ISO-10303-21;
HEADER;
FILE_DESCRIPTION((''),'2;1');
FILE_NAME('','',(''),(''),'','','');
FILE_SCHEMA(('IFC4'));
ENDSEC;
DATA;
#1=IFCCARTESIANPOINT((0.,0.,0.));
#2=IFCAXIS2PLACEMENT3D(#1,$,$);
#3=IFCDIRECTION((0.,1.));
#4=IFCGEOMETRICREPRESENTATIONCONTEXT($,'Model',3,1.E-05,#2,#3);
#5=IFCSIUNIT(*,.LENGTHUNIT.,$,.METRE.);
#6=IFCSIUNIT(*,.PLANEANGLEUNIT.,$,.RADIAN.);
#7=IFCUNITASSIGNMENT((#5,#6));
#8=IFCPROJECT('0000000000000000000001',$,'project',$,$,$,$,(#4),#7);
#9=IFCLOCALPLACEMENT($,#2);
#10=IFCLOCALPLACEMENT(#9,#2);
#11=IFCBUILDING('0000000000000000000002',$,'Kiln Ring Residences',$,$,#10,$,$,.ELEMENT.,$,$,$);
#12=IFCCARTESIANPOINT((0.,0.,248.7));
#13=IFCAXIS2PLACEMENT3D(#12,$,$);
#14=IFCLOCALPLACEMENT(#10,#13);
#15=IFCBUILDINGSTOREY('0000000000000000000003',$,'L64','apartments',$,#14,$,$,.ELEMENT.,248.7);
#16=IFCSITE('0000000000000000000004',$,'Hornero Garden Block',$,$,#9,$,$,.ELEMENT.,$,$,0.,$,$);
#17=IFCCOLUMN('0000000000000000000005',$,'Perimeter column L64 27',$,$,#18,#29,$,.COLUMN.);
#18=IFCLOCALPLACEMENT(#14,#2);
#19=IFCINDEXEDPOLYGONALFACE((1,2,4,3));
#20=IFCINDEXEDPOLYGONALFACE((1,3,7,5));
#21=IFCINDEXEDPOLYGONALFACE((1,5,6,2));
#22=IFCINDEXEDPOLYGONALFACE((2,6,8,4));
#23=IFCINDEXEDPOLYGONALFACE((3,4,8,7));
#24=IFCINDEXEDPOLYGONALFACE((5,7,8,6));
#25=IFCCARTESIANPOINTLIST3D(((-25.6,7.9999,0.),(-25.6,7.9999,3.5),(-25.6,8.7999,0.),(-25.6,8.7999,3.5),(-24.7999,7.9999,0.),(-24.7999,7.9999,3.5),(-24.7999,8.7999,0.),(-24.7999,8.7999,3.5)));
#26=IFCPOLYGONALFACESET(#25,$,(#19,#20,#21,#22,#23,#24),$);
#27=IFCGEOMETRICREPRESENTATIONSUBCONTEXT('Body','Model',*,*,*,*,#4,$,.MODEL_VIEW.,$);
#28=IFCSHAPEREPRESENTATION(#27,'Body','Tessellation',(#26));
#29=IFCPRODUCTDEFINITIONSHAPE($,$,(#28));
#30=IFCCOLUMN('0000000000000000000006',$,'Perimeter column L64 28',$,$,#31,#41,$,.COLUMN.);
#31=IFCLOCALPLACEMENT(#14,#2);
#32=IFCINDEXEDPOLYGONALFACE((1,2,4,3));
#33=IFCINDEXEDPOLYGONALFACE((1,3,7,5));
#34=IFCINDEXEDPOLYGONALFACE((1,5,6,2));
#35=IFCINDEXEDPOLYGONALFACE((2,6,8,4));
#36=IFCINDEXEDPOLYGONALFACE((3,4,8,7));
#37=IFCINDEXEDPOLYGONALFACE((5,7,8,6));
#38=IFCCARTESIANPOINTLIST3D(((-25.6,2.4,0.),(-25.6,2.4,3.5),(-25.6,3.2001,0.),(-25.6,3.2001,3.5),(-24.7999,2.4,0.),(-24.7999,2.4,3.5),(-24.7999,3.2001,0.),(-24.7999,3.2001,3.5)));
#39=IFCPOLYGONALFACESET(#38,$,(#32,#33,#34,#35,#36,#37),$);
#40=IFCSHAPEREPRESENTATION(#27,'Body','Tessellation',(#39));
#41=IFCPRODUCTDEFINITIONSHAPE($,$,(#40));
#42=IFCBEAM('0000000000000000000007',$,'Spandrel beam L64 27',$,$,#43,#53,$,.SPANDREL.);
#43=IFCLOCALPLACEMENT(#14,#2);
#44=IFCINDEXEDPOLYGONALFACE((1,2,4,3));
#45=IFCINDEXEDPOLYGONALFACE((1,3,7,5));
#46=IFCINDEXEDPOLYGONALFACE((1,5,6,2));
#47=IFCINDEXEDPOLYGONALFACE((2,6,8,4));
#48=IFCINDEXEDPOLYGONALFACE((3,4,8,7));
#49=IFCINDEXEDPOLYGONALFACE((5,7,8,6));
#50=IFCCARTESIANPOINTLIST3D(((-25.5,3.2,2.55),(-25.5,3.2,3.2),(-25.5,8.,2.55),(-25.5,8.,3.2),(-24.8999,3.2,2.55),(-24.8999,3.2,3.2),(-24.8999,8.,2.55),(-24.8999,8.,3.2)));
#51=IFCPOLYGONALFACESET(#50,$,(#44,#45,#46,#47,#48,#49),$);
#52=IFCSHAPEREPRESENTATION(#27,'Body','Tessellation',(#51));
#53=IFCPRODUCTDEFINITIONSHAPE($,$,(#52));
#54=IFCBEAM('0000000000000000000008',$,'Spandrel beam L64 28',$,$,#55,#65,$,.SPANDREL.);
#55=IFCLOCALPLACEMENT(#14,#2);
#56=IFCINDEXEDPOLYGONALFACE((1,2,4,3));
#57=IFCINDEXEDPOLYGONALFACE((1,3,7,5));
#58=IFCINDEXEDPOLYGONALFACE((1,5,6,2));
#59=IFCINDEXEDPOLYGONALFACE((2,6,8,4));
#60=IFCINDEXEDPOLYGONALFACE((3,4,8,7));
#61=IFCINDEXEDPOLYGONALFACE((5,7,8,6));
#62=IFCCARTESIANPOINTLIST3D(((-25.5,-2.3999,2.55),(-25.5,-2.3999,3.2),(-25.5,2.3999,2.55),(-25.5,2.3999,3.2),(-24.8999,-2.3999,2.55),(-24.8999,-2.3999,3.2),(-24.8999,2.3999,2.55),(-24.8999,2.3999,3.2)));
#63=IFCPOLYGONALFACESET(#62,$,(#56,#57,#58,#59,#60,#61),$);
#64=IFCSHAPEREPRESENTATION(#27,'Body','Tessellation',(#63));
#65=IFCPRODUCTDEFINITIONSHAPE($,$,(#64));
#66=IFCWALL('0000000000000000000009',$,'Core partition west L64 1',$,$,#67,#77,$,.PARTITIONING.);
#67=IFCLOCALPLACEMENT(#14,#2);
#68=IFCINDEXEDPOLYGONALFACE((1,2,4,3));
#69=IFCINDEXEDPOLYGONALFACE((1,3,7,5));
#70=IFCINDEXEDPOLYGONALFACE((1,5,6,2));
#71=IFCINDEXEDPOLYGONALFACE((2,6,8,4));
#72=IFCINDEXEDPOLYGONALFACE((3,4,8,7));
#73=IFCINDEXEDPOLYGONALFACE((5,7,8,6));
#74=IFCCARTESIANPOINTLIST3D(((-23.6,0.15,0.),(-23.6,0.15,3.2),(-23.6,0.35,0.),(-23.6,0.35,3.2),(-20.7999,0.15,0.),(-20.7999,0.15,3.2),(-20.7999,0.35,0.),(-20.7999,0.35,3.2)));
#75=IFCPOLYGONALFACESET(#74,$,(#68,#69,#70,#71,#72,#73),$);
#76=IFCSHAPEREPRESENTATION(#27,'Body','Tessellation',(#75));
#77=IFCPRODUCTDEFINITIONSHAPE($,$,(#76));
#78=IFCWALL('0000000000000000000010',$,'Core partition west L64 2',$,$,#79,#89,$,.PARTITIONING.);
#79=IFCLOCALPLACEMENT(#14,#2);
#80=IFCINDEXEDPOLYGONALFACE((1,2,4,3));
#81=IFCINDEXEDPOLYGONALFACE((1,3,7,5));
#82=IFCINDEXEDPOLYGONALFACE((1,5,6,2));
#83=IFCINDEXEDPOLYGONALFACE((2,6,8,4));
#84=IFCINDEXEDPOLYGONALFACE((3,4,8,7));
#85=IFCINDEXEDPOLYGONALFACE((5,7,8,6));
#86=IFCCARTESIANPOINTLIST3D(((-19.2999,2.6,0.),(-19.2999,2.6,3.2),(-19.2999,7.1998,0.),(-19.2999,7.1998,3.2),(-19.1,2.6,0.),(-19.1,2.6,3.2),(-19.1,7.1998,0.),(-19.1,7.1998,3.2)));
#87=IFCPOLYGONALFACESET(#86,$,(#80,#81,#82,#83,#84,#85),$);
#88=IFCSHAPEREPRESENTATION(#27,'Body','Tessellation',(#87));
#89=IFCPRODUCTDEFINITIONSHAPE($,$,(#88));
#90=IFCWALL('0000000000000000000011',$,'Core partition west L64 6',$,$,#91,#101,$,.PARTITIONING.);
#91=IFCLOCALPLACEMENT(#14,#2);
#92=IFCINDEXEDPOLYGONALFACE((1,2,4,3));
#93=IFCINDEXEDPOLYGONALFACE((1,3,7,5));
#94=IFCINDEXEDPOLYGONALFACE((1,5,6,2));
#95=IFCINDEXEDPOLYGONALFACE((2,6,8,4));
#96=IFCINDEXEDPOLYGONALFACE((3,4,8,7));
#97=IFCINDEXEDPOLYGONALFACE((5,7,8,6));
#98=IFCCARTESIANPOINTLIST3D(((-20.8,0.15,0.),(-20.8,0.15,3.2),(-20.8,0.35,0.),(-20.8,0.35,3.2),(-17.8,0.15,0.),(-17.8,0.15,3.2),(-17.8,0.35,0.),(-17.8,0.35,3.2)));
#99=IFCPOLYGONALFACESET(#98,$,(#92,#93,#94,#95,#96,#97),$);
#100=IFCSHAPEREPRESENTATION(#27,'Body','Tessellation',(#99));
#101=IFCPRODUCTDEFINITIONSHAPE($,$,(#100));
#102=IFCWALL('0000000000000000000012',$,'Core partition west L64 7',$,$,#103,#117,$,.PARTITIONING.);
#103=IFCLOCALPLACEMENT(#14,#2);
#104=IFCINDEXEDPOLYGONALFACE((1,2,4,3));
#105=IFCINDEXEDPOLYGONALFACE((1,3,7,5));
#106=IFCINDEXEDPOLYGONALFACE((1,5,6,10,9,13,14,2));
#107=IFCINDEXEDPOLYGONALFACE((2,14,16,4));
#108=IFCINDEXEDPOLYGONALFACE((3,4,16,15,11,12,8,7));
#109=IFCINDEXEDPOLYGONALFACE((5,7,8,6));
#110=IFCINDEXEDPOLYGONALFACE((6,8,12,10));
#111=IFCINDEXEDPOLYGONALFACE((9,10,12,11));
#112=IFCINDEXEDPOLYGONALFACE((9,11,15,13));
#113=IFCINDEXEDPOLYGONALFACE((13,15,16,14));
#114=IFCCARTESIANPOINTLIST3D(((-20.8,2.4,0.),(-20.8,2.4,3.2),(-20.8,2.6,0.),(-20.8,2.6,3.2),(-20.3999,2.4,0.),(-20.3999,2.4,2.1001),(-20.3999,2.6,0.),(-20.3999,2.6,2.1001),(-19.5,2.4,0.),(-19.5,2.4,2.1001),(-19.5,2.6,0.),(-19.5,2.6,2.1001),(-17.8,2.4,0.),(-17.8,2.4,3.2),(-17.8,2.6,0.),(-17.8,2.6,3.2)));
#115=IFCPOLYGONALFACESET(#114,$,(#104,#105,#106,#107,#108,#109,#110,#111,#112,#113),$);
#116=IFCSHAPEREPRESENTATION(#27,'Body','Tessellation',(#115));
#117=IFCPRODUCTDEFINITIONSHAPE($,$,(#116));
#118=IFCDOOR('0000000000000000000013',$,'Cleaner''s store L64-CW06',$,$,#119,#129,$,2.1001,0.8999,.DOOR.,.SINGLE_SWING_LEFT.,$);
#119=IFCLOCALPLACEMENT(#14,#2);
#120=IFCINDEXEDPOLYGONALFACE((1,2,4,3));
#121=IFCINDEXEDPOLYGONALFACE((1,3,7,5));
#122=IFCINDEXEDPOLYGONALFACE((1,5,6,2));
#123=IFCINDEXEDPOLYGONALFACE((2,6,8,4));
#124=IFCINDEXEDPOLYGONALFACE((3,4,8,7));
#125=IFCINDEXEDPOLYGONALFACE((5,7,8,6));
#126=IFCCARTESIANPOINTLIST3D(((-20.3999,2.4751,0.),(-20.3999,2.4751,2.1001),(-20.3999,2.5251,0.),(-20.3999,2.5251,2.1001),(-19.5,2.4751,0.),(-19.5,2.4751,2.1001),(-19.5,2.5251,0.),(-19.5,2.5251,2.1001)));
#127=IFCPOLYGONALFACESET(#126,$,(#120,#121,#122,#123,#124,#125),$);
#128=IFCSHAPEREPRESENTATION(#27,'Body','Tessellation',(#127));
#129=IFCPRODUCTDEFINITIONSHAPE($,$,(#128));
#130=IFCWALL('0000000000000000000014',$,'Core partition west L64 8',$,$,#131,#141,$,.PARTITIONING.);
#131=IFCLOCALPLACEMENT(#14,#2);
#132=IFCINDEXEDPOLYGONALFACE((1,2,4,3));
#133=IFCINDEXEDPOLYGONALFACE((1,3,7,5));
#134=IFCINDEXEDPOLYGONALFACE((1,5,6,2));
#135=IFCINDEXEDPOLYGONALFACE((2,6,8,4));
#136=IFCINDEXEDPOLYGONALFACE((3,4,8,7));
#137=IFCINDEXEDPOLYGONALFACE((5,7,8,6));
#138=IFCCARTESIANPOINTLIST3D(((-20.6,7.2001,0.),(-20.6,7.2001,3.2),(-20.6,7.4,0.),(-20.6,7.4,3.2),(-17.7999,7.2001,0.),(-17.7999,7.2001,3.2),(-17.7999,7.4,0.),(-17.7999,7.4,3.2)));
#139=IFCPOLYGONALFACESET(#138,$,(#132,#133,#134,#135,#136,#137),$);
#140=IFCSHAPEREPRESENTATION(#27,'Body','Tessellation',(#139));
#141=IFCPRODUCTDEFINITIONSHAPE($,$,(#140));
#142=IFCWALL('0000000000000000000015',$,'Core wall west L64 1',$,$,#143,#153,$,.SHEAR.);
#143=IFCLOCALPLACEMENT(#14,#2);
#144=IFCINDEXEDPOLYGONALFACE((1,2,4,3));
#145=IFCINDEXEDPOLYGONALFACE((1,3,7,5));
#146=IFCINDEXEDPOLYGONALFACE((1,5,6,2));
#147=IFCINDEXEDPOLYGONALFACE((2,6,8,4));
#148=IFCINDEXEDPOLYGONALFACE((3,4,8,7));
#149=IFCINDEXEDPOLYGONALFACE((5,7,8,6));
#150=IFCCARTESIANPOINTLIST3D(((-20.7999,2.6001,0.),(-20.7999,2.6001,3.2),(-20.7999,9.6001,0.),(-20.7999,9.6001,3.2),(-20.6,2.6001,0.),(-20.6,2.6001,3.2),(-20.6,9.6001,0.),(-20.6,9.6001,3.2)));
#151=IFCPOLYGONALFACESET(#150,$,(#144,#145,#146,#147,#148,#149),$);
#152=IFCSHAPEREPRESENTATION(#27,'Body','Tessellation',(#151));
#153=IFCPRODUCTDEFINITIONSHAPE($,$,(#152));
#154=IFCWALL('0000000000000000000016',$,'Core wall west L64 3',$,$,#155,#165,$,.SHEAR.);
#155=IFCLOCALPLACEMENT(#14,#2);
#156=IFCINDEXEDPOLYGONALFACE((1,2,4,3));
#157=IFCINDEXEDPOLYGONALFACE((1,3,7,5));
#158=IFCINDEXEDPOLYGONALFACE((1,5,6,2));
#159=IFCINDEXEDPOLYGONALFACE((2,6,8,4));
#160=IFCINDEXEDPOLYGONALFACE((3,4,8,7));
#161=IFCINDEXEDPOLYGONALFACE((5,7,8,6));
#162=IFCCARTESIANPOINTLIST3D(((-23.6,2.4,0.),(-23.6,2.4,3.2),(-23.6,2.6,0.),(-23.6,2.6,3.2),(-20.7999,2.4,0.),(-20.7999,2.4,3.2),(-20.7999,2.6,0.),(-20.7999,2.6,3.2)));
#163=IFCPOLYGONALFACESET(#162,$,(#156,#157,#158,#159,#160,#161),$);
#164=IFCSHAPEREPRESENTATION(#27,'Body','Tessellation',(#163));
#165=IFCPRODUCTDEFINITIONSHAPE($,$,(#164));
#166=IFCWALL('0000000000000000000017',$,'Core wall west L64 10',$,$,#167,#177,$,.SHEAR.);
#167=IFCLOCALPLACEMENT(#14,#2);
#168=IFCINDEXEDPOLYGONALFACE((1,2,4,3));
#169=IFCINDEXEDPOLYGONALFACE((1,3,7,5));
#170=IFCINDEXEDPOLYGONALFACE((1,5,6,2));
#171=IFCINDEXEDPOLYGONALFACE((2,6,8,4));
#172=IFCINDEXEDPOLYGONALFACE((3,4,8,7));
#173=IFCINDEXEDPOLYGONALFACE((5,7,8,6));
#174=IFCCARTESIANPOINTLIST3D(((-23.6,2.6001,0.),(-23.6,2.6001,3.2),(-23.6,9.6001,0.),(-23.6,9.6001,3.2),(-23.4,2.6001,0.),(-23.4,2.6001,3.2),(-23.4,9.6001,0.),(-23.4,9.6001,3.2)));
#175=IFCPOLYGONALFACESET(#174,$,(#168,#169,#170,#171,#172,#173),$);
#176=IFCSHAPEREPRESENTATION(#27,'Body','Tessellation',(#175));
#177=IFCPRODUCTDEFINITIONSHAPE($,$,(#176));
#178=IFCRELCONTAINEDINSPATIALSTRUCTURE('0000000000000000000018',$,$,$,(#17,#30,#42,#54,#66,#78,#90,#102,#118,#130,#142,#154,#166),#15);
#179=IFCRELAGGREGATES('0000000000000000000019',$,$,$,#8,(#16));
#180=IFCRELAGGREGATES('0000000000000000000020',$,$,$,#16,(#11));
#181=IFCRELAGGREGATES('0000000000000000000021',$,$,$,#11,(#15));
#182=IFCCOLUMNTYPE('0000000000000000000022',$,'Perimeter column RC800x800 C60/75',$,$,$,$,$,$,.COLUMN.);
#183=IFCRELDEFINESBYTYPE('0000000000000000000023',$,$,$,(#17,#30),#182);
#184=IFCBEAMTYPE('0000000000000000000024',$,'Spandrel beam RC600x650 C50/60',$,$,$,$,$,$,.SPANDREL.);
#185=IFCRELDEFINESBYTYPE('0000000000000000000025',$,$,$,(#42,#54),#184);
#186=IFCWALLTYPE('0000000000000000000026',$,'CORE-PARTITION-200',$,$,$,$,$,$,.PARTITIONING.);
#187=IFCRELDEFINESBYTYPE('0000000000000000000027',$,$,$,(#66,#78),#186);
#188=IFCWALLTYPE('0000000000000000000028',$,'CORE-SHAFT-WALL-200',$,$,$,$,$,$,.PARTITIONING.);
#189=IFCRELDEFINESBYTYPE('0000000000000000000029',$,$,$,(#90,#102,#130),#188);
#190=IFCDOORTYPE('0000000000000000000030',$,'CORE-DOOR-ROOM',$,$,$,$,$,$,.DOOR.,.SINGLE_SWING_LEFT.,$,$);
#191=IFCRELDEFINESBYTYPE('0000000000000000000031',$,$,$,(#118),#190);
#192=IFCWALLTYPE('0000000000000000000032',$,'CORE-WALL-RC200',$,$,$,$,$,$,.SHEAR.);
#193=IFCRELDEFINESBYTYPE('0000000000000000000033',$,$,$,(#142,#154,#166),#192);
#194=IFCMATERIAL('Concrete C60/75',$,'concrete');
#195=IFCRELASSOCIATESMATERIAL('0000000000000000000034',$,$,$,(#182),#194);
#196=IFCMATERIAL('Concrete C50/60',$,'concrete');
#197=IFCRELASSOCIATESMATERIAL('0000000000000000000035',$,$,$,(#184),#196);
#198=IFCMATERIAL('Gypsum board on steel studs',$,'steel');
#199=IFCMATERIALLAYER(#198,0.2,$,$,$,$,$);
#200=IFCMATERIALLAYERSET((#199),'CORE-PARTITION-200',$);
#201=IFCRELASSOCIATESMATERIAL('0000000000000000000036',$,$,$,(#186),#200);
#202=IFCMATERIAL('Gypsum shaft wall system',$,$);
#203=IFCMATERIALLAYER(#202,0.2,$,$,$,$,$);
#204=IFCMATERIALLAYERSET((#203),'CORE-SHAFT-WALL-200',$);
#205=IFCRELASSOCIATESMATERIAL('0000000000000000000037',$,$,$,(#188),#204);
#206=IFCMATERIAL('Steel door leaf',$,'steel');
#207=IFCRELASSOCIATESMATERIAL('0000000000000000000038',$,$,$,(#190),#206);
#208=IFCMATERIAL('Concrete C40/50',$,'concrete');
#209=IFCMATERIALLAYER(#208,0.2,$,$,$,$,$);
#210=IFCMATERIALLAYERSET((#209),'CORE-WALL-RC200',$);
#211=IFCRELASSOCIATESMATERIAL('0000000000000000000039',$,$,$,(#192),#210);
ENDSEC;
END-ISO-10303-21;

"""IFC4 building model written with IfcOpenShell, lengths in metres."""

from ifc_helpers import new_model, si_unit, direction, frame, frame_2d, origin, origin_2d, place, context, subcontext, project, spatial, rectangle, extrude, material, layer, layer_set, material_profile, profile_set, type_object, element, fill, save


model = new_model("IFC4")

# Units and contexts
model_context = context("Model", 3, precision=1e-05, world=origin(), true_north=direction((0.0, 1.0)))
body_context = subcontext(model_context, "Body", "Model", "MODEL_VIEW")
ifc_project = project(units=[si_unit("LENGTHUNIT", "METRE"), si_unit("PLANEANGLEUNIT", "RADIAN")], contexts=[model_context])

# Site, building, storey
site_placement = place(None, origin())
site = spatial("IfcSite", under=ifc_project, at=site_placement, Name="Hornero Garden Block", CompositionType="ELEMENT", RefElevation=0.0)
building_placement = place(site_placement, origin())
building = spatial("IfcBuilding", under=site, at=building_placement, Name="Kiln Ring Residences", CompositionType="ELEMENT")
storey_placement = place(building_placement, frame((0.0, 0.0, 248.7)))
storey = spatial("IfcBuildingStorey", under=building, at=storey_placement, Name="L64", Description="apartments", CompositionType="ELEMENT", Elevation=248.7)

# Columns
ifc_material_1 = material(Name="Concrete C60/75", Category="concrete")
ifc_material_profile_1 = material_profile(ifc_material_1, rectangle(XDim=0.8, YDim=0.8, at=origin_2d()), Name="RC800x800")
ifc_profile_set_1 = profile_set([ifc_material_profile_1], Name="Concrete C60/75")
column_type = type_object("IfcColumnType", Name="Perimeter column RC800x800 C60/75", PredefinedType="COLUMN", material=ifc_profile_set_1)
for number, where, z_axis, x_axis, name in (
    (1, (-25.2, 8.3999, 0.0), (0.0, 0.0, 1.0), (1.0, 0.0, 0.0), "Perimeter column L64 27"),
    (2, (-25.2, 2.8, 0.0), (0.0, 0.0, 1.0), (1.0, 0.0, 0.0), "Perimeter column L64 28"),
):
    element("IfcColumn", number, at=place(storey_placement, frame(where, z_axis=z_axis, x_axis=x_axis)), inside=storey, type_object=column_type, Name=name, PredefinedType="COLUMN", context=body_context, shape_type="SweptSolid", body=[
        extrude(rectangle(XDim=0.8, YDim=0.8, at=origin_2d()), origin(), (0.0, 0.0, 1.0), 3.5),
    ])

# Beams
ifc_material_2 = material(Name="Concrete C50/60", Category="concrete")
ifc_material_profile_2 = material_profile(ifc_material_2, rectangle(XDim=0.6001, YDim=0.6499, at=origin_2d()), Name="RC600x650")
ifc_profile_set_2 = profile_set([ifc_material_profile_2], Name="Concrete C50/60")
beam_type = type_object("IfcBeamType", Name="Spandrel beam RC600x650 C50/60", PredefinedType="SPANDREL", material=ifc_profile_set_2)
beam_1_placement = place(storey_placement, frame((-25.2, 8.0, 2.875), z_axis=(0.0, -1.0, 0.0), x_axis=(1.0, 0.0, 0.0)))
element("IfcBeam", 3, at=beam_1_placement, inside=storey, type_object=beam_type, Name="Spandrel beam L64 27", PredefinedType="SPANDREL", context=body_context, shape_type="SweptSolid", body=[
    extrude(rectangle(XDim=0.6001, YDim=0.6499, at=origin_2d()), origin(), (0.0, 0.0, 1.0), 4.8),
])
beam_2_placement = place(storey_placement, frame((-25.2, 2.3999, 2.875), z_axis=(0.0, -1.0, 0.0), x_axis=(1.0, 0.0, 0.0)))
element("IfcBeam", 4, at=beam_2_placement, inside=storey, type_object=beam_type, Name="Spandrel beam L64 28", PredefinedType="SPANDREL", context=body_context, shape_type="SweptSolid", body=[
    extrude(rectangle(XDim=0.6001, YDim=0.6499, at=origin_2d()), origin(), (0.0, 0.0, 1.0), 4.7998),
])

# Walls
ifc_material_3 = material(Name="Gypsum board on steel studs", Category="steel")
ifc_layer_1 = layer(ifc_material_3, 0.2)
ifc_layer_set_1 = layer_set([ifc_layer_1], Name="CORE-PARTITION-200")
wall_type_1 = type_object("IfcWallType", Name="CORE-PARTITION-200", PredefinedType="PARTITIONING", material=ifc_layer_set_1)
wall_1_placement = place(storey_placement, frame((-20.8, 0.25, 0.0), z_axis=(0.0, 0.0, 1.0), x_axis=(-1.0, 0.0, 0.0)))
element("IfcWall", 5, at=wall_1_placement, inside=storey, type_object=wall_type_1, Name="Core partition west L64 1", PredefinedType="PARTITIONING", context=body_context, shape_type="SweptSolid", body=[
    extrude(rectangle(XDim=2.8, YDim=0.2, at=frame_2d((1.3999, 0.0))), origin(), (0.0, 0.0, 1.0), 3.2),
])
wall_2_placement = place(storey_placement, frame((-19.2, 2.6001, 0.0), z_axis=(0.0, 0.0, 1.0), x_axis=(0.0, 1.0, 0.0)))
element("IfcWall", 6, at=wall_2_placement, inside=storey, type_object=wall_type_1, Name="Core partition west L64 2", PredefinedType="PARTITIONING", context=body_context, shape_type="SweptSolid", body=[
    extrude(rectangle(XDim=4.5999, YDim=0.2, at=frame_2d((2.2998, 0.0))), origin(), (0.0, 0.0, 1.0), 3.2),
])
ifc_material_4 = material(Name="Gypsum shaft wall system")
ifc_layer_2 = layer(ifc_material_4, 0.2)
ifc_layer_set_2 = layer_set([ifc_layer_2], Name="CORE-SHAFT-WALL-200")
wall_type_2 = type_object("IfcWallType", Name="CORE-SHAFT-WALL-200", PredefinedType="PARTITIONING", material=ifc_layer_set_2)
wall_3_placement = place(storey_placement, frame((-17.8, 0.25, 0.0), z_axis=(0.0, 0.0, 1.0), x_axis=(-1.0, 0.0, 0.0)))
element("IfcWall", 7, at=wall_3_placement, inside=storey, type_object=wall_type_2, Name="Core partition west L64 6", PredefinedType="PARTITIONING", context=body_context, shape_type="SweptSolid", body=[
    extrude(rectangle(XDim=3.0, YDim=0.2, at=frame_2d((1.5, 0.0))), origin(), (0.0, 0.0, 1.0), 3.2),
])

# Wall, opening, door
wall_4_placement = place(storey_placement, frame((-17.8, 2.5, 0.0), z_axis=(0.0, 0.0, 1.0), x_axis=(-1.0, 0.0, 0.0)))
wall_4 = element("IfcWall", 8, at=wall_4_placement, inside=storey, type_object=wall_type_2, Name="Core partition west L64 7", PredefinedType="PARTITIONING", context=body_context, shape_type="SweptSolid", body=[
    extrude(rectangle(XDim=3.0, YDim=0.2, at=frame_2d((1.5, 0.0))), origin(), (0.0, 0.0, 1.0), 3.2),
])
opening_placement = place(wall_4_placement, frame((1.7, 0.0, 0.0)))
opening = element("IfcOpeningElement", 9, at=opening_placement, cuts=wall_4, PredefinedType="OPENING", context=body_context, shape_type="SweptSolid", body=[
    extrude(rectangle(XDim=0.8999, YDim=2.1001, at=frame_2d((0.45, 1.05))), frame((0.0, 0.1099, 0.0), z_axis=(0.0, -1.0, 0.0), x_axis=(1.0, 0.0, 0.0)), (0.0, 0.0, 1.0), 0.22),
])
ifc_material_5 = material(Name="Steel door leaf", Category="steel")
door_type = type_object("IfcDoorType", Name="CORE-DOOR-ROOM", OperationType="SINGLE_SWING_LEFT", PredefinedType="DOOR", material=ifc_material_5)
door_placement = place(opening_placement, origin())
door = element("IfcDoor", 10, at=door_placement, inside=storey, type_object=door_type, Name="Cleaner's store L64-CW06", OperationType="SINGLE_SWING_LEFT", OverallHeight=2.1001, OverallWidth=0.8999, PredefinedType="DOOR", context=body_context, shape_type="SweptSolid", body=[
    extrude(rectangle(XDim=0.8999, YDim=2.1001, at=frame_2d((0.45, 1.05))), frame((0.0, 0.0249, 0.0), z_axis=(0.0, -1.0, 0.0), x_axis=(1.0, 0.0, 0.0)), (0.0, 0.0, 1.0), 0.05),
])
fill(opening, door)

# Walls
wall_5_placement = place(storey_placement, frame((-17.8, 7.3, 0.0), z_axis=(0.0, 0.0, 1.0), x_axis=(-1.0, 0.0, 0.0)))
element("IfcWall", 11, at=wall_5_placement, inside=storey, type_object=wall_type_2, Name="Core partition west L64 8", PredefinedType="PARTITIONING", context=body_context, shape_type="SweptSolid", body=[
    extrude(rectangle(XDim=2.8, YDim=0.2, at=frame_2d((1.3999, 0.0))), origin(), (0.0, 0.0, 1.0), 3.2),
])
ifc_material_6 = material(Name="Concrete C40/50", Category="concrete")
ifc_layer_3 = layer(ifc_material_6, 0.2)
ifc_layer_set_3 = layer_set([ifc_layer_3], Name="CORE-WALL-RC200")
wall_type_3 = type_object("IfcWallType", Name="CORE-WALL-RC200", PredefinedType="SHEAR", material=ifc_layer_set_3)
wall_6_placement = place(storey_placement, frame((-20.7, 2.6001, 0.0), z_axis=(0.0, 0.0, 1.0), x_axis=(0.0, 1.0, 0.0)))
element("IfcWall", 12, at=wall_6_placement, inside=storey, type_object=wall_type_3, Name="Core wall west L64 1", PredefinedType="SHEAR", context=body_context, shape_type="SweptSolid", body=[
    extrude(rectangle(XDim=7.0, YDim=0.2, at=frame_2d((3.5, 0.0))), origin(), (0.0, 0.0, 1.0), 3.2),
])
wall_7_placement = place(storey_placement, frame((-20.8, 2.5, 0.0), z_axis=(0.0, 0.0, 1.0), x_axis=(-1.0, 0.0, 0.0)))
element("IfcWall", 13, at=wall_7_placement, inside=storey, type_object=wall_type_3, Name="Core wall west L64 3", PredefinedType="SHEAR", context=body_context, shape_type="SweptSolid", body=[
    extrude(rectangle(XDim=2.8, YDim=0.2, at=frame_2d((1.3999, 0.0))), origin(), (0.0, 0.0, 1.0), 3.2),
])
wall_8_placement = place(storey_placement, frame((-23.5, 2.6001, 0.0), z_axis=(0.0, 0.0, 1.0), x_axis=(0.0, 1.0, 0.0)))
element("IfcWall", 14, at=wall_8_placement, inside=storey, type_object=wall_type_3, Name="Core wall west L64 10", PredefinedType="SHEAR", context=body_context, shape_type="SweptSolid", body=[
    extrude(rectangle(XDim=7.0, YDim=0.2, at=frame_2d((3.5, 0.0))), origin(), (0.0, 0.0, 1.0), 3.2),
])

save(model, "model.ifc")
